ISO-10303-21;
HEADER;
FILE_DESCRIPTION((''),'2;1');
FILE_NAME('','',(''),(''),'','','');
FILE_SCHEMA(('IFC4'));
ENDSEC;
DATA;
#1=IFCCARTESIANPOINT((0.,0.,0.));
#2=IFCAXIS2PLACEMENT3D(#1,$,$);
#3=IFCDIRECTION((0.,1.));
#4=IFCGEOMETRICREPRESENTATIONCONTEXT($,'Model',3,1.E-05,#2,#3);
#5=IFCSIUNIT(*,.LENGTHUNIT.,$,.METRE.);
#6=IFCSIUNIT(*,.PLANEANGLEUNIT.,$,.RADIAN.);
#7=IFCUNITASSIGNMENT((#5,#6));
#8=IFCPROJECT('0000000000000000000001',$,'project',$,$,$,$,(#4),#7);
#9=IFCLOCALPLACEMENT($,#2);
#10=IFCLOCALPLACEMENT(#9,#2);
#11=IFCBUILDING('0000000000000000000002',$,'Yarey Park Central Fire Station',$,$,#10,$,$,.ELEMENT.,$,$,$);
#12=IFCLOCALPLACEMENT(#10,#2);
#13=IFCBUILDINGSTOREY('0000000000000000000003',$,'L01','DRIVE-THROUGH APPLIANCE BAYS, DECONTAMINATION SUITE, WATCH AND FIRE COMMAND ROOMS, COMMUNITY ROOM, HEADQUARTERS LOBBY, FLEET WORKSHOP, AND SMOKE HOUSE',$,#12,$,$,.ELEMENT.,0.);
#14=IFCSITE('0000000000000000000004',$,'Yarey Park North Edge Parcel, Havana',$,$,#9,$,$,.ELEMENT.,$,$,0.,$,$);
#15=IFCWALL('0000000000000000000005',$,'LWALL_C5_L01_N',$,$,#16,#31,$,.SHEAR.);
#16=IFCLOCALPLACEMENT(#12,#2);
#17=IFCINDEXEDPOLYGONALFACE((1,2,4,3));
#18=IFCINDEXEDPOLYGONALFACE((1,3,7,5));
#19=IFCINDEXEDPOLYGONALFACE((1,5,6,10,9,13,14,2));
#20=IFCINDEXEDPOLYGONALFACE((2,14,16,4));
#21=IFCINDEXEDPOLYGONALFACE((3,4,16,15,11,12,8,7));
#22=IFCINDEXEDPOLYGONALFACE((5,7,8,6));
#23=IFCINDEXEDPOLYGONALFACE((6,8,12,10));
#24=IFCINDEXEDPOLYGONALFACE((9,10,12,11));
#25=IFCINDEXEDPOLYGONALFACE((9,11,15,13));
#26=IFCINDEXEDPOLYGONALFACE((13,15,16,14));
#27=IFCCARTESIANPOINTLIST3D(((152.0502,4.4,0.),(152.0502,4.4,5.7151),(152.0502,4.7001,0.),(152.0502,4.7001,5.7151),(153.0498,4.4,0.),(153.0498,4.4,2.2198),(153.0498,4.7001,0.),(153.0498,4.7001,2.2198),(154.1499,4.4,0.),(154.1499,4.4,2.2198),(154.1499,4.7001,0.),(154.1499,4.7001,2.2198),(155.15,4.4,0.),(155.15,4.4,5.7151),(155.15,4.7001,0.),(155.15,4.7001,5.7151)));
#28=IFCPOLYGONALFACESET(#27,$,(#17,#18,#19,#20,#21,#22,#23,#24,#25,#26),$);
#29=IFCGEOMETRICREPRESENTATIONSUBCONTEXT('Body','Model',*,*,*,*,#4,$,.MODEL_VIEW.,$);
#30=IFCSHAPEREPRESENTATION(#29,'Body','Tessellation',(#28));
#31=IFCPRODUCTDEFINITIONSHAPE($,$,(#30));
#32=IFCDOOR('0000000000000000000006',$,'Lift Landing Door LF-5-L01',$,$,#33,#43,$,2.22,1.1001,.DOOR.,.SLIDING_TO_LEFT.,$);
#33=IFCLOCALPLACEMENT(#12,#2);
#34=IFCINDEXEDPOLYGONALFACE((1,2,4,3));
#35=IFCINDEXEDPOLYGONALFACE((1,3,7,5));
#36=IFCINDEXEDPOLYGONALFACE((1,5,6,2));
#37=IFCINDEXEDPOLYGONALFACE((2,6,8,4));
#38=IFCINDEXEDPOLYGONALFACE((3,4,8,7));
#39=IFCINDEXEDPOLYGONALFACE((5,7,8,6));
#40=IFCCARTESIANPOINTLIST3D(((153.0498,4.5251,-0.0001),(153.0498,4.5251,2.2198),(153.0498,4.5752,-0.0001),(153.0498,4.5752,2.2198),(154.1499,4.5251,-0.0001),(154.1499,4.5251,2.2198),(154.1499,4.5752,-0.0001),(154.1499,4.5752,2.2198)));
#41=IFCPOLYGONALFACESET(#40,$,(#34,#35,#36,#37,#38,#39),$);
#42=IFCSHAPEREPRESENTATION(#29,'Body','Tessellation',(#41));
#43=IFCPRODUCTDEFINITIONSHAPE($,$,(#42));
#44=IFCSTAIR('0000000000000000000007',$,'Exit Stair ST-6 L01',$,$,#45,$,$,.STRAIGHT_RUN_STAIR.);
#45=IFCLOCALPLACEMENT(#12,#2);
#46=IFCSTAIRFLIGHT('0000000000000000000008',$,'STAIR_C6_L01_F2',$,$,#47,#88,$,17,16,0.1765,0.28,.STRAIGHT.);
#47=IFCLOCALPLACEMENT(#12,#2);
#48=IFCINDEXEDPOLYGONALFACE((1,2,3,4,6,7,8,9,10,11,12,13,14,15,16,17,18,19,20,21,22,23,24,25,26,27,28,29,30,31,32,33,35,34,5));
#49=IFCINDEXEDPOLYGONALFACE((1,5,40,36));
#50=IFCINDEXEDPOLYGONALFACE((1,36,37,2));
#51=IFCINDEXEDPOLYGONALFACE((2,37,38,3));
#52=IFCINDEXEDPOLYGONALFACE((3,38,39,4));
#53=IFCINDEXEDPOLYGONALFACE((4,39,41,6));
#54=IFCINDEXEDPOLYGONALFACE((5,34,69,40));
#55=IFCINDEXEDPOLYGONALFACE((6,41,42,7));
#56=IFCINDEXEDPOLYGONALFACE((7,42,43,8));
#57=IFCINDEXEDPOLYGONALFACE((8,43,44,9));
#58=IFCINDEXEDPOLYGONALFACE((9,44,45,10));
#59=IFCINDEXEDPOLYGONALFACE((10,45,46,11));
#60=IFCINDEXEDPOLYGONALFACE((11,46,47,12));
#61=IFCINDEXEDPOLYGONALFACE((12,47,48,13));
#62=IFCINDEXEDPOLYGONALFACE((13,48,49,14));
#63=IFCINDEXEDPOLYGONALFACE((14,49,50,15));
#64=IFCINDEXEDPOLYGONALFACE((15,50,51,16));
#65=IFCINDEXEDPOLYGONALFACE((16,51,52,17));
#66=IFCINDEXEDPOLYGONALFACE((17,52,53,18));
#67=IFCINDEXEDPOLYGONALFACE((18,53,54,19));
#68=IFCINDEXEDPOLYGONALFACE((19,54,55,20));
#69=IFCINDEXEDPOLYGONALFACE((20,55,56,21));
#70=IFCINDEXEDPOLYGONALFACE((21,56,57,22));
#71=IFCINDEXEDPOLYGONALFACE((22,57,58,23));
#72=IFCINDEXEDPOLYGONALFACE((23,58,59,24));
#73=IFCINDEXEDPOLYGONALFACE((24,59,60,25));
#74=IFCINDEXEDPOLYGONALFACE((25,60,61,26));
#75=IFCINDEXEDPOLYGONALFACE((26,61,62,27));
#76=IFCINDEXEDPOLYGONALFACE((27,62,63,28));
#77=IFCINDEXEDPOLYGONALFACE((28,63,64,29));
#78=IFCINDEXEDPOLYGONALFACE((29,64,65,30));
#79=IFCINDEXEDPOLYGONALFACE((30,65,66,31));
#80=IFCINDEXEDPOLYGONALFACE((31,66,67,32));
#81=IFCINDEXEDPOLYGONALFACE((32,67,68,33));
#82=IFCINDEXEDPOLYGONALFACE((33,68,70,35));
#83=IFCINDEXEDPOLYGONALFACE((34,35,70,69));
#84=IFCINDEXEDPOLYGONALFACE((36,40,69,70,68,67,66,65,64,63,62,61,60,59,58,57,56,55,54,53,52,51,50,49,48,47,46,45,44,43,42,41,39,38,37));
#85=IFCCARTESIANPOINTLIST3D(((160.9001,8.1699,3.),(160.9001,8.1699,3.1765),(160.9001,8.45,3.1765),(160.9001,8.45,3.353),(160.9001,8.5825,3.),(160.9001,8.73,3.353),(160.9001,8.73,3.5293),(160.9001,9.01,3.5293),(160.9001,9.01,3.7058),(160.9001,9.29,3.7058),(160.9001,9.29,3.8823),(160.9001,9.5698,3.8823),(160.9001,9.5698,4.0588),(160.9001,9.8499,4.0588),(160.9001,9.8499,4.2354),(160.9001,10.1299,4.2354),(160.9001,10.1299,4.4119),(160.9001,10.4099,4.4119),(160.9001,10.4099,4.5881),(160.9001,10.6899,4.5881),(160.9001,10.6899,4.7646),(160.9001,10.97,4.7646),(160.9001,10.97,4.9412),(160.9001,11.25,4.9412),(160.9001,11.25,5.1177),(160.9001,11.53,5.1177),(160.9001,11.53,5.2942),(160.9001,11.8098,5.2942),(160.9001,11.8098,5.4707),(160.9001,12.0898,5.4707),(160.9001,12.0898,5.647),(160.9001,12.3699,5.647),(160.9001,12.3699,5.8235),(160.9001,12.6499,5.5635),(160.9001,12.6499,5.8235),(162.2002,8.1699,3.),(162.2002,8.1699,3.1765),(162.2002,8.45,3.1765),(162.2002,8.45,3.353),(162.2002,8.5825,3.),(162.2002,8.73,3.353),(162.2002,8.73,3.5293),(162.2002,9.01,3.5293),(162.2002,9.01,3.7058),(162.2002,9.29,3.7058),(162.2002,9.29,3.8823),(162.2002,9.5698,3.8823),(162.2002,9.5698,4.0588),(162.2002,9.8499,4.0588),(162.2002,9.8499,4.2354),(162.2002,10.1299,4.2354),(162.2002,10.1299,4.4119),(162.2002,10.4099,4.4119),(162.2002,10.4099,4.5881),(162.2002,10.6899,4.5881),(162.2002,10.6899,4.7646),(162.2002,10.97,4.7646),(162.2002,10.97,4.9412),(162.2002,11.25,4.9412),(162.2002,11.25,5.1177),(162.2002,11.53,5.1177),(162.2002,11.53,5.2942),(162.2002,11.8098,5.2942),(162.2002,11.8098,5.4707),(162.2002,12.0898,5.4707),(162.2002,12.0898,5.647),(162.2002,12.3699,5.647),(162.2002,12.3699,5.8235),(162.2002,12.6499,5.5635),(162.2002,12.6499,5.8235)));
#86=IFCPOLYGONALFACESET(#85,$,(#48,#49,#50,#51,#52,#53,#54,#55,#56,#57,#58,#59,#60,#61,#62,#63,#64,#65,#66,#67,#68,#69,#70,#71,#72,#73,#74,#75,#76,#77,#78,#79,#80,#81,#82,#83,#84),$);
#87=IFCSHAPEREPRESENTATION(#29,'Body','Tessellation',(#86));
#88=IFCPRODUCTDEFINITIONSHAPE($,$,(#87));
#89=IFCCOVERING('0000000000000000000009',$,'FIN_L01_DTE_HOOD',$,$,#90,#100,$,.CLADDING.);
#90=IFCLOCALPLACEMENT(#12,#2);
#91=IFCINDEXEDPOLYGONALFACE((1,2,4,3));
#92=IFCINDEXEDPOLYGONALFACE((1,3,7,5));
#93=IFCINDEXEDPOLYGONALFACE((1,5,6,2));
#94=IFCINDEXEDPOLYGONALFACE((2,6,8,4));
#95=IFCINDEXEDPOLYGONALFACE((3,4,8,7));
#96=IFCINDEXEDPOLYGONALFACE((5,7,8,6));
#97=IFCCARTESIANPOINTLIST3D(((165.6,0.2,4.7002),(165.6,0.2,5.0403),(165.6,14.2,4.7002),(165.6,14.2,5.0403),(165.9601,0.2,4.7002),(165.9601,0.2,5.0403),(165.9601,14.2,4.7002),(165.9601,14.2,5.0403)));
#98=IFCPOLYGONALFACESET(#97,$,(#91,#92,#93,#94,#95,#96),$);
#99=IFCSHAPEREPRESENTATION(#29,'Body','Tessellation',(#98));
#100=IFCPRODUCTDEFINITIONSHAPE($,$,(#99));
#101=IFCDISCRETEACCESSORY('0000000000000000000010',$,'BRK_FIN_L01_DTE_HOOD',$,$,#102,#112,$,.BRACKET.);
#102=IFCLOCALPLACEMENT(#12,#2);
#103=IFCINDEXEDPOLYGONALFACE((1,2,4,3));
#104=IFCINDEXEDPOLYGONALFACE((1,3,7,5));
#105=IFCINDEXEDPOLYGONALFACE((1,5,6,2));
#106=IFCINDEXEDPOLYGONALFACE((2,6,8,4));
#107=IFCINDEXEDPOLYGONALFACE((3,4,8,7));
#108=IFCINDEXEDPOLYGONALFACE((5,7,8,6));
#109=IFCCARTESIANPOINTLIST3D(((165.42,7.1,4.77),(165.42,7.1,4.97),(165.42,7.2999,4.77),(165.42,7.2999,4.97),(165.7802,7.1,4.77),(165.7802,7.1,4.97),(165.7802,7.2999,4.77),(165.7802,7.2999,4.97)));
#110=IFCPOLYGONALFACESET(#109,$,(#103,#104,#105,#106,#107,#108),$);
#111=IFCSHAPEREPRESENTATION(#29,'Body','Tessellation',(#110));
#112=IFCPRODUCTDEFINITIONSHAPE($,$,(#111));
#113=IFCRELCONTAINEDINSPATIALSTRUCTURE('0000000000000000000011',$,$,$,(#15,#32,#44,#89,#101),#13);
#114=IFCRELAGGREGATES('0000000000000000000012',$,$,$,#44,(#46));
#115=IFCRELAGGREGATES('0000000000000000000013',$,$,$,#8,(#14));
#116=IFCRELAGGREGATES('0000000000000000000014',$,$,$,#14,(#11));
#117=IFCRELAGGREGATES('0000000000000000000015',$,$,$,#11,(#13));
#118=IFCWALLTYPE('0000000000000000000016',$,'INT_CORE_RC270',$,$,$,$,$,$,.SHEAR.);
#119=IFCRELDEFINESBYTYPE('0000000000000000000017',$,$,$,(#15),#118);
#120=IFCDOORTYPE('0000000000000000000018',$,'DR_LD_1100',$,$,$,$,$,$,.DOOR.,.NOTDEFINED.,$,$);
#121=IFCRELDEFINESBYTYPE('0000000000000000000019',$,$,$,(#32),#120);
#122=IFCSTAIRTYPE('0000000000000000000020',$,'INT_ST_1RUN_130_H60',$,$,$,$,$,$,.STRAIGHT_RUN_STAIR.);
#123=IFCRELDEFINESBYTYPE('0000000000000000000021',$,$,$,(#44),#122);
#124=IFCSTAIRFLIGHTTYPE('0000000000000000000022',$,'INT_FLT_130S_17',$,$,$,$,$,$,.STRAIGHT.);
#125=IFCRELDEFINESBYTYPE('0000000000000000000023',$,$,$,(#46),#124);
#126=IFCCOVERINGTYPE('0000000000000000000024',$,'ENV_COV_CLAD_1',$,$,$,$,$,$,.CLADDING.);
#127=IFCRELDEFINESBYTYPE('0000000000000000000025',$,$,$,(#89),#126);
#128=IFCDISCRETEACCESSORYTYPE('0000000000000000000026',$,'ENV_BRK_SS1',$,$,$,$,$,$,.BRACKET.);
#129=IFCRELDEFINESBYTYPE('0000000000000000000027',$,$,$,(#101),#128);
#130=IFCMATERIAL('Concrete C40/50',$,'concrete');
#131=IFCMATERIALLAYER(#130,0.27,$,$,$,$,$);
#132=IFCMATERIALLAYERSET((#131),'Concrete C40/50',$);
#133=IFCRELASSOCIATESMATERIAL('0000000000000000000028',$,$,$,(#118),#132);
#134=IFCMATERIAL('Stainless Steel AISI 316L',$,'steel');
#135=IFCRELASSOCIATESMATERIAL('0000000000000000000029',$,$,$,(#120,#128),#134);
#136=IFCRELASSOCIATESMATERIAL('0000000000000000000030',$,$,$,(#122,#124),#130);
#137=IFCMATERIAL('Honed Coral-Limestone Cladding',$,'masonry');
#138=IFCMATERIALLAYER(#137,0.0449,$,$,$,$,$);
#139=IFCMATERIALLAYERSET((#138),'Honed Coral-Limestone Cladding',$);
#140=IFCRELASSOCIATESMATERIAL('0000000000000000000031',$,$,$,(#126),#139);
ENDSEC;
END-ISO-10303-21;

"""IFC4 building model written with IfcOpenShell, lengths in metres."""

from ifc_helpers import new_model, si_unit, direction, frame, frame_2d, origin, origin_2d, place, context, subcontext, project, spatial, polyline, rectangle, outline, extrude, material, layer, layer_set, type_object, element, fill, aggregate, save


model = new_model("IFC4")

# Units and contexts
model_context = context("Model", 3, precision=1e-05, world=origin(), true_north=direction((0.0, 1.0)))
body_context = subcontext(model_context, "Body", "Model", "MODEL_VIEW")
ifc_project = project(units=[si_unit("LENGTHUNIT", "METRE"), si_unit("PLANEANGLEUNIT", "RADIAN")], contexts=[model_context])

# Site, building, storey
site_placement = place(None, origin())
site = spatial("IfcSite", under=ifc_project, at=site_placement, Name="Yarey Park North Edge Parcel, Havana", CompositionType="ELEMENT", RefElevation=0.0)
building_placement = place(site_placement, origin())
building = spatial("IfcBuilding", under=site, at=building_placement, Name="Yarey Park Central Fire Station", CompositionType="ELEMENT")
storey_placement = place(building_placement, origin())
storey = spatial("IfcBuildingStorey", under=building, at=storey_placement, Name="L01", Description="DRIVE-THROUGH APPLIANCE BAYS, DECONTAMINATION SUITE, WATCH AND FIRE COMMAND ROOMS, COMMUNITY ROOM, HEADQUARTERS LOBBY, FLEET WORKSHOP, AND SMOKE HOUSE", CompositionType="ELEMENT", Elevation=0.0)

# Wall, opening, door
ifc_material_1 = material(Name="Concrete C40/50", Category="concrete")
ifc_layer_1 = layer(ifc_material_1, 0.27)
ifc_layer_set_1 = layer_set([ifc_layer_1], Name="Concrete C40/50")
wall_type = type_object("IfcWallType", Name="INT_CORE_RC270", PredefinedType="SHEAR", material=ifc_layer_set_1)
wall_placement = place(storey_placement, frame((155.1499, 4.55, 0.0), z_axis=(0.0, 0.0, 1.0), x_axis=(-1.0, 0.0, 0.0)))
wall = element("IfcWall", 1, at=wall_placement, inside=storey, type_object=wall_type, Name="LWALL_C5_L01_N", PredefinedType="SHEAR", context=body_context, shape_type="SweptSolid", body=[
    extrude(rectangle(XDim=3.0999, YDim=0.3, at=frame_2d((1.5498, 0.0))), origin(), (0.0, 0.0, 1.0), 5.7151),
])
opening_placement = place(wall_placement, frame((1.0, 0.0, 0.0)))
opening = element("IfcOpeningElement", 2, at=opening_placement, cuts=wall, PredefinedType="OPENING", context=body_context, shape_type="SweptSolid", body=[
    extrude(rectangle(XDim=1.1001, YDim=2.22, at=frame_2d((0.55, 1.1099))), frame((0.0, 0.1599, 0.0), z_axis=(0.0, -1.0, 0.0), x_axis=(1.0, 0.0, 0.0)), (0.0, 0.0, 1.0), 0.3201),
])
ifc_material_2 = material(Name="Stainless Steel AISI 316L", Category="steel")
door_type = type_object("IfcDoorType", Name="DR_LD_1100", OperationType="NOTDEFINED", PredefinedType="DOOR", material=ifc_material_2)
door_placement = place(opening_placement, origin())
door = element("IfcDoor", 3, at=door_placement, inside=storey, type_object=door_type, Name="Lift Landing Door LF-5-L01", OperationType="SLIDING_TO_LEFT", OverallHeight=2.22, OverallWidth=1.1001, PredefinedType="DOOR", context=body_context, shape_type="SweptSolid", body=[
    extrude(rectangle(XDim=1.1001, YDim=2.22, at=frame_2d((0.55, 1.1099))), frame((0.0, 0.0249, 0.0), z_axis=(0.0, -1.0, 0.0), x_axis=(1.0, 0.0, 0.0)), (0.0, 0.0, 1.0), 0.05),
])
fill(opening, door)

# Stair, stair flight
stair_type = type_object("IfcStairType", Name="INT_ST_1RUN_130_H60", PredefinedType="STRAIGHT_RUN_STAIR", material=ifc_material_1)
stair_placement = place(storey_placement, origin())
stair = element("IfcStair", 4, at=stair_placement, inside=storey, type_object=stair_type, Name="Exit Stair ST-6 L01", PredefinedType="STRAIGHT_RUN_STAIR")
stair_flight_type = type_object("IfcStairFlightType", Name="INT_FLT_130S_17", PredefinedType="STRAIGHT", material=ifc_material_1)
stair_flight_placement = place(storey_placement, frame((161.55, 8.1699, 3.0), z_axis=(0.0, 0.0, 1.0), x_axis=(0.0, 1.0, 0.0)))
stair_flight = element("IfcStairFlight", 5, at=stair_flight_placement, type_object=stair_flight_type, Name="STAIR_C6_L01_F2", NumberOfRisers=17, NumberOfTreads=16, PredefinedType="STRAIGHT", RiserHeight=0.1765, TreadLength=0.28, context=body_context, shape_type="SweptSolid", body=[
    extrude(outline(polyline([(0.0, 0.0), (0.0, 0.1765), (0.28, 0.1765), (0.28, 0.353), (0.5601, 0.353), (0.5601, 0.5293), (0.8401, 0.5293), (0.8401, 0.7058), (1.1201, 0.7058), (1.1201, 0.8823), (1.3999, 0.8823), (1.3999, 1.0588), (1.6799, 1.0588), (1.6799, 1.2354), (1.96, 1.2354), (1.96, 1.4119), (2.24, 1.4119), (2.24, 1.5881), (2.52, 1.5881), (2.52, 1.7646), (2.8, 1.7646), (2.8, 1.9412), (3.0801, 1.9412), (3.0801, 2.1177), (3.3601, 2.1177), (3.3601, 2.2942), (3.6399, 2.2942), (3.6399, 2.4707), (3.9199, 2.4707), (3.9199, 2.647), (4.2, 2.647), (4.2, 2.8235), (4.48, 2.8235), (4.48, 3.0), (4.48, 2.5635), (0.4126, 0.0), (0.0, 0.0)])), frame((0.0, 0.6499, 0.0), z_axis=(0.0, -1.0, 0.0), x_axis=(1.0, 0.0, 0.0)), (0.0, 0.0, 1.0), 1.3),
])
aggregate(stair, [stair_flight])

# Covering
ifc_material_3 = material(Name="Honed Coral-Limestone Cladding", Category="masonry")
ifc_layer_2 = layer(ifc_material_3, 0.0449)
ifc_layer_set_2 = layer_set([ifc_layer_2], Name="Honed Coral-Limestone Cladding")
covering_type = type_object("IfcCoveringType", Name="ENV_COV_CLAD_1", PredefinedType="CLADDING", material=ifc_layer_set_2)
covering_placement = place(storey_placement, frame((165.78, 7.2, 4.7002), z_axis=(0.0, 0.0, 1.0), x_axis=(0.0, 1.0, 0.0)))
element("IfcCovering", 6, at=covering_placement, inside=storey, type_object=covering_type, Name="FIN_L01_DTE_HOOD", PredefinedType="CLADDING", context=body_context, shape_type="SweptSolid", body=[
    extrude(rectangle(XDim=14.0, YDim=0.3601, at=origin_2d()), origin(), (0.0, 0.0, 1.0), 0.3401),
])

# Discrete accessory
discrete_accessory_type = type_object("IfcDiscreteAccessoryType", Name="ENV_BRK_SS1", PredefinedType="BRACKET", material=ifc_material_2)
discrete_accessory_placement = place(storey_placement, frame((165.6001, 7.2, 4.77), z_axis=(0.0, 0.0, 1.0), x_axis=(1.0, 0.0, 0.0)))
element("IfcDiscreteAccessory", 7, at=discrete_accessory_placement, inside=storey, type_object=discrete_accessory_type, Name="BRK_FIN_L01_DTE_HOOD", PredefinedType="BRACKET", context=body_context, shape_type="SweptSolid", body=[
    extrude(rectangle(XDim=0.3601, YDim=0.2, at=origin_2d()), origin(), (0.0, 0.0, 1.0), 0.2),
])

save(model, "model.ifc")
